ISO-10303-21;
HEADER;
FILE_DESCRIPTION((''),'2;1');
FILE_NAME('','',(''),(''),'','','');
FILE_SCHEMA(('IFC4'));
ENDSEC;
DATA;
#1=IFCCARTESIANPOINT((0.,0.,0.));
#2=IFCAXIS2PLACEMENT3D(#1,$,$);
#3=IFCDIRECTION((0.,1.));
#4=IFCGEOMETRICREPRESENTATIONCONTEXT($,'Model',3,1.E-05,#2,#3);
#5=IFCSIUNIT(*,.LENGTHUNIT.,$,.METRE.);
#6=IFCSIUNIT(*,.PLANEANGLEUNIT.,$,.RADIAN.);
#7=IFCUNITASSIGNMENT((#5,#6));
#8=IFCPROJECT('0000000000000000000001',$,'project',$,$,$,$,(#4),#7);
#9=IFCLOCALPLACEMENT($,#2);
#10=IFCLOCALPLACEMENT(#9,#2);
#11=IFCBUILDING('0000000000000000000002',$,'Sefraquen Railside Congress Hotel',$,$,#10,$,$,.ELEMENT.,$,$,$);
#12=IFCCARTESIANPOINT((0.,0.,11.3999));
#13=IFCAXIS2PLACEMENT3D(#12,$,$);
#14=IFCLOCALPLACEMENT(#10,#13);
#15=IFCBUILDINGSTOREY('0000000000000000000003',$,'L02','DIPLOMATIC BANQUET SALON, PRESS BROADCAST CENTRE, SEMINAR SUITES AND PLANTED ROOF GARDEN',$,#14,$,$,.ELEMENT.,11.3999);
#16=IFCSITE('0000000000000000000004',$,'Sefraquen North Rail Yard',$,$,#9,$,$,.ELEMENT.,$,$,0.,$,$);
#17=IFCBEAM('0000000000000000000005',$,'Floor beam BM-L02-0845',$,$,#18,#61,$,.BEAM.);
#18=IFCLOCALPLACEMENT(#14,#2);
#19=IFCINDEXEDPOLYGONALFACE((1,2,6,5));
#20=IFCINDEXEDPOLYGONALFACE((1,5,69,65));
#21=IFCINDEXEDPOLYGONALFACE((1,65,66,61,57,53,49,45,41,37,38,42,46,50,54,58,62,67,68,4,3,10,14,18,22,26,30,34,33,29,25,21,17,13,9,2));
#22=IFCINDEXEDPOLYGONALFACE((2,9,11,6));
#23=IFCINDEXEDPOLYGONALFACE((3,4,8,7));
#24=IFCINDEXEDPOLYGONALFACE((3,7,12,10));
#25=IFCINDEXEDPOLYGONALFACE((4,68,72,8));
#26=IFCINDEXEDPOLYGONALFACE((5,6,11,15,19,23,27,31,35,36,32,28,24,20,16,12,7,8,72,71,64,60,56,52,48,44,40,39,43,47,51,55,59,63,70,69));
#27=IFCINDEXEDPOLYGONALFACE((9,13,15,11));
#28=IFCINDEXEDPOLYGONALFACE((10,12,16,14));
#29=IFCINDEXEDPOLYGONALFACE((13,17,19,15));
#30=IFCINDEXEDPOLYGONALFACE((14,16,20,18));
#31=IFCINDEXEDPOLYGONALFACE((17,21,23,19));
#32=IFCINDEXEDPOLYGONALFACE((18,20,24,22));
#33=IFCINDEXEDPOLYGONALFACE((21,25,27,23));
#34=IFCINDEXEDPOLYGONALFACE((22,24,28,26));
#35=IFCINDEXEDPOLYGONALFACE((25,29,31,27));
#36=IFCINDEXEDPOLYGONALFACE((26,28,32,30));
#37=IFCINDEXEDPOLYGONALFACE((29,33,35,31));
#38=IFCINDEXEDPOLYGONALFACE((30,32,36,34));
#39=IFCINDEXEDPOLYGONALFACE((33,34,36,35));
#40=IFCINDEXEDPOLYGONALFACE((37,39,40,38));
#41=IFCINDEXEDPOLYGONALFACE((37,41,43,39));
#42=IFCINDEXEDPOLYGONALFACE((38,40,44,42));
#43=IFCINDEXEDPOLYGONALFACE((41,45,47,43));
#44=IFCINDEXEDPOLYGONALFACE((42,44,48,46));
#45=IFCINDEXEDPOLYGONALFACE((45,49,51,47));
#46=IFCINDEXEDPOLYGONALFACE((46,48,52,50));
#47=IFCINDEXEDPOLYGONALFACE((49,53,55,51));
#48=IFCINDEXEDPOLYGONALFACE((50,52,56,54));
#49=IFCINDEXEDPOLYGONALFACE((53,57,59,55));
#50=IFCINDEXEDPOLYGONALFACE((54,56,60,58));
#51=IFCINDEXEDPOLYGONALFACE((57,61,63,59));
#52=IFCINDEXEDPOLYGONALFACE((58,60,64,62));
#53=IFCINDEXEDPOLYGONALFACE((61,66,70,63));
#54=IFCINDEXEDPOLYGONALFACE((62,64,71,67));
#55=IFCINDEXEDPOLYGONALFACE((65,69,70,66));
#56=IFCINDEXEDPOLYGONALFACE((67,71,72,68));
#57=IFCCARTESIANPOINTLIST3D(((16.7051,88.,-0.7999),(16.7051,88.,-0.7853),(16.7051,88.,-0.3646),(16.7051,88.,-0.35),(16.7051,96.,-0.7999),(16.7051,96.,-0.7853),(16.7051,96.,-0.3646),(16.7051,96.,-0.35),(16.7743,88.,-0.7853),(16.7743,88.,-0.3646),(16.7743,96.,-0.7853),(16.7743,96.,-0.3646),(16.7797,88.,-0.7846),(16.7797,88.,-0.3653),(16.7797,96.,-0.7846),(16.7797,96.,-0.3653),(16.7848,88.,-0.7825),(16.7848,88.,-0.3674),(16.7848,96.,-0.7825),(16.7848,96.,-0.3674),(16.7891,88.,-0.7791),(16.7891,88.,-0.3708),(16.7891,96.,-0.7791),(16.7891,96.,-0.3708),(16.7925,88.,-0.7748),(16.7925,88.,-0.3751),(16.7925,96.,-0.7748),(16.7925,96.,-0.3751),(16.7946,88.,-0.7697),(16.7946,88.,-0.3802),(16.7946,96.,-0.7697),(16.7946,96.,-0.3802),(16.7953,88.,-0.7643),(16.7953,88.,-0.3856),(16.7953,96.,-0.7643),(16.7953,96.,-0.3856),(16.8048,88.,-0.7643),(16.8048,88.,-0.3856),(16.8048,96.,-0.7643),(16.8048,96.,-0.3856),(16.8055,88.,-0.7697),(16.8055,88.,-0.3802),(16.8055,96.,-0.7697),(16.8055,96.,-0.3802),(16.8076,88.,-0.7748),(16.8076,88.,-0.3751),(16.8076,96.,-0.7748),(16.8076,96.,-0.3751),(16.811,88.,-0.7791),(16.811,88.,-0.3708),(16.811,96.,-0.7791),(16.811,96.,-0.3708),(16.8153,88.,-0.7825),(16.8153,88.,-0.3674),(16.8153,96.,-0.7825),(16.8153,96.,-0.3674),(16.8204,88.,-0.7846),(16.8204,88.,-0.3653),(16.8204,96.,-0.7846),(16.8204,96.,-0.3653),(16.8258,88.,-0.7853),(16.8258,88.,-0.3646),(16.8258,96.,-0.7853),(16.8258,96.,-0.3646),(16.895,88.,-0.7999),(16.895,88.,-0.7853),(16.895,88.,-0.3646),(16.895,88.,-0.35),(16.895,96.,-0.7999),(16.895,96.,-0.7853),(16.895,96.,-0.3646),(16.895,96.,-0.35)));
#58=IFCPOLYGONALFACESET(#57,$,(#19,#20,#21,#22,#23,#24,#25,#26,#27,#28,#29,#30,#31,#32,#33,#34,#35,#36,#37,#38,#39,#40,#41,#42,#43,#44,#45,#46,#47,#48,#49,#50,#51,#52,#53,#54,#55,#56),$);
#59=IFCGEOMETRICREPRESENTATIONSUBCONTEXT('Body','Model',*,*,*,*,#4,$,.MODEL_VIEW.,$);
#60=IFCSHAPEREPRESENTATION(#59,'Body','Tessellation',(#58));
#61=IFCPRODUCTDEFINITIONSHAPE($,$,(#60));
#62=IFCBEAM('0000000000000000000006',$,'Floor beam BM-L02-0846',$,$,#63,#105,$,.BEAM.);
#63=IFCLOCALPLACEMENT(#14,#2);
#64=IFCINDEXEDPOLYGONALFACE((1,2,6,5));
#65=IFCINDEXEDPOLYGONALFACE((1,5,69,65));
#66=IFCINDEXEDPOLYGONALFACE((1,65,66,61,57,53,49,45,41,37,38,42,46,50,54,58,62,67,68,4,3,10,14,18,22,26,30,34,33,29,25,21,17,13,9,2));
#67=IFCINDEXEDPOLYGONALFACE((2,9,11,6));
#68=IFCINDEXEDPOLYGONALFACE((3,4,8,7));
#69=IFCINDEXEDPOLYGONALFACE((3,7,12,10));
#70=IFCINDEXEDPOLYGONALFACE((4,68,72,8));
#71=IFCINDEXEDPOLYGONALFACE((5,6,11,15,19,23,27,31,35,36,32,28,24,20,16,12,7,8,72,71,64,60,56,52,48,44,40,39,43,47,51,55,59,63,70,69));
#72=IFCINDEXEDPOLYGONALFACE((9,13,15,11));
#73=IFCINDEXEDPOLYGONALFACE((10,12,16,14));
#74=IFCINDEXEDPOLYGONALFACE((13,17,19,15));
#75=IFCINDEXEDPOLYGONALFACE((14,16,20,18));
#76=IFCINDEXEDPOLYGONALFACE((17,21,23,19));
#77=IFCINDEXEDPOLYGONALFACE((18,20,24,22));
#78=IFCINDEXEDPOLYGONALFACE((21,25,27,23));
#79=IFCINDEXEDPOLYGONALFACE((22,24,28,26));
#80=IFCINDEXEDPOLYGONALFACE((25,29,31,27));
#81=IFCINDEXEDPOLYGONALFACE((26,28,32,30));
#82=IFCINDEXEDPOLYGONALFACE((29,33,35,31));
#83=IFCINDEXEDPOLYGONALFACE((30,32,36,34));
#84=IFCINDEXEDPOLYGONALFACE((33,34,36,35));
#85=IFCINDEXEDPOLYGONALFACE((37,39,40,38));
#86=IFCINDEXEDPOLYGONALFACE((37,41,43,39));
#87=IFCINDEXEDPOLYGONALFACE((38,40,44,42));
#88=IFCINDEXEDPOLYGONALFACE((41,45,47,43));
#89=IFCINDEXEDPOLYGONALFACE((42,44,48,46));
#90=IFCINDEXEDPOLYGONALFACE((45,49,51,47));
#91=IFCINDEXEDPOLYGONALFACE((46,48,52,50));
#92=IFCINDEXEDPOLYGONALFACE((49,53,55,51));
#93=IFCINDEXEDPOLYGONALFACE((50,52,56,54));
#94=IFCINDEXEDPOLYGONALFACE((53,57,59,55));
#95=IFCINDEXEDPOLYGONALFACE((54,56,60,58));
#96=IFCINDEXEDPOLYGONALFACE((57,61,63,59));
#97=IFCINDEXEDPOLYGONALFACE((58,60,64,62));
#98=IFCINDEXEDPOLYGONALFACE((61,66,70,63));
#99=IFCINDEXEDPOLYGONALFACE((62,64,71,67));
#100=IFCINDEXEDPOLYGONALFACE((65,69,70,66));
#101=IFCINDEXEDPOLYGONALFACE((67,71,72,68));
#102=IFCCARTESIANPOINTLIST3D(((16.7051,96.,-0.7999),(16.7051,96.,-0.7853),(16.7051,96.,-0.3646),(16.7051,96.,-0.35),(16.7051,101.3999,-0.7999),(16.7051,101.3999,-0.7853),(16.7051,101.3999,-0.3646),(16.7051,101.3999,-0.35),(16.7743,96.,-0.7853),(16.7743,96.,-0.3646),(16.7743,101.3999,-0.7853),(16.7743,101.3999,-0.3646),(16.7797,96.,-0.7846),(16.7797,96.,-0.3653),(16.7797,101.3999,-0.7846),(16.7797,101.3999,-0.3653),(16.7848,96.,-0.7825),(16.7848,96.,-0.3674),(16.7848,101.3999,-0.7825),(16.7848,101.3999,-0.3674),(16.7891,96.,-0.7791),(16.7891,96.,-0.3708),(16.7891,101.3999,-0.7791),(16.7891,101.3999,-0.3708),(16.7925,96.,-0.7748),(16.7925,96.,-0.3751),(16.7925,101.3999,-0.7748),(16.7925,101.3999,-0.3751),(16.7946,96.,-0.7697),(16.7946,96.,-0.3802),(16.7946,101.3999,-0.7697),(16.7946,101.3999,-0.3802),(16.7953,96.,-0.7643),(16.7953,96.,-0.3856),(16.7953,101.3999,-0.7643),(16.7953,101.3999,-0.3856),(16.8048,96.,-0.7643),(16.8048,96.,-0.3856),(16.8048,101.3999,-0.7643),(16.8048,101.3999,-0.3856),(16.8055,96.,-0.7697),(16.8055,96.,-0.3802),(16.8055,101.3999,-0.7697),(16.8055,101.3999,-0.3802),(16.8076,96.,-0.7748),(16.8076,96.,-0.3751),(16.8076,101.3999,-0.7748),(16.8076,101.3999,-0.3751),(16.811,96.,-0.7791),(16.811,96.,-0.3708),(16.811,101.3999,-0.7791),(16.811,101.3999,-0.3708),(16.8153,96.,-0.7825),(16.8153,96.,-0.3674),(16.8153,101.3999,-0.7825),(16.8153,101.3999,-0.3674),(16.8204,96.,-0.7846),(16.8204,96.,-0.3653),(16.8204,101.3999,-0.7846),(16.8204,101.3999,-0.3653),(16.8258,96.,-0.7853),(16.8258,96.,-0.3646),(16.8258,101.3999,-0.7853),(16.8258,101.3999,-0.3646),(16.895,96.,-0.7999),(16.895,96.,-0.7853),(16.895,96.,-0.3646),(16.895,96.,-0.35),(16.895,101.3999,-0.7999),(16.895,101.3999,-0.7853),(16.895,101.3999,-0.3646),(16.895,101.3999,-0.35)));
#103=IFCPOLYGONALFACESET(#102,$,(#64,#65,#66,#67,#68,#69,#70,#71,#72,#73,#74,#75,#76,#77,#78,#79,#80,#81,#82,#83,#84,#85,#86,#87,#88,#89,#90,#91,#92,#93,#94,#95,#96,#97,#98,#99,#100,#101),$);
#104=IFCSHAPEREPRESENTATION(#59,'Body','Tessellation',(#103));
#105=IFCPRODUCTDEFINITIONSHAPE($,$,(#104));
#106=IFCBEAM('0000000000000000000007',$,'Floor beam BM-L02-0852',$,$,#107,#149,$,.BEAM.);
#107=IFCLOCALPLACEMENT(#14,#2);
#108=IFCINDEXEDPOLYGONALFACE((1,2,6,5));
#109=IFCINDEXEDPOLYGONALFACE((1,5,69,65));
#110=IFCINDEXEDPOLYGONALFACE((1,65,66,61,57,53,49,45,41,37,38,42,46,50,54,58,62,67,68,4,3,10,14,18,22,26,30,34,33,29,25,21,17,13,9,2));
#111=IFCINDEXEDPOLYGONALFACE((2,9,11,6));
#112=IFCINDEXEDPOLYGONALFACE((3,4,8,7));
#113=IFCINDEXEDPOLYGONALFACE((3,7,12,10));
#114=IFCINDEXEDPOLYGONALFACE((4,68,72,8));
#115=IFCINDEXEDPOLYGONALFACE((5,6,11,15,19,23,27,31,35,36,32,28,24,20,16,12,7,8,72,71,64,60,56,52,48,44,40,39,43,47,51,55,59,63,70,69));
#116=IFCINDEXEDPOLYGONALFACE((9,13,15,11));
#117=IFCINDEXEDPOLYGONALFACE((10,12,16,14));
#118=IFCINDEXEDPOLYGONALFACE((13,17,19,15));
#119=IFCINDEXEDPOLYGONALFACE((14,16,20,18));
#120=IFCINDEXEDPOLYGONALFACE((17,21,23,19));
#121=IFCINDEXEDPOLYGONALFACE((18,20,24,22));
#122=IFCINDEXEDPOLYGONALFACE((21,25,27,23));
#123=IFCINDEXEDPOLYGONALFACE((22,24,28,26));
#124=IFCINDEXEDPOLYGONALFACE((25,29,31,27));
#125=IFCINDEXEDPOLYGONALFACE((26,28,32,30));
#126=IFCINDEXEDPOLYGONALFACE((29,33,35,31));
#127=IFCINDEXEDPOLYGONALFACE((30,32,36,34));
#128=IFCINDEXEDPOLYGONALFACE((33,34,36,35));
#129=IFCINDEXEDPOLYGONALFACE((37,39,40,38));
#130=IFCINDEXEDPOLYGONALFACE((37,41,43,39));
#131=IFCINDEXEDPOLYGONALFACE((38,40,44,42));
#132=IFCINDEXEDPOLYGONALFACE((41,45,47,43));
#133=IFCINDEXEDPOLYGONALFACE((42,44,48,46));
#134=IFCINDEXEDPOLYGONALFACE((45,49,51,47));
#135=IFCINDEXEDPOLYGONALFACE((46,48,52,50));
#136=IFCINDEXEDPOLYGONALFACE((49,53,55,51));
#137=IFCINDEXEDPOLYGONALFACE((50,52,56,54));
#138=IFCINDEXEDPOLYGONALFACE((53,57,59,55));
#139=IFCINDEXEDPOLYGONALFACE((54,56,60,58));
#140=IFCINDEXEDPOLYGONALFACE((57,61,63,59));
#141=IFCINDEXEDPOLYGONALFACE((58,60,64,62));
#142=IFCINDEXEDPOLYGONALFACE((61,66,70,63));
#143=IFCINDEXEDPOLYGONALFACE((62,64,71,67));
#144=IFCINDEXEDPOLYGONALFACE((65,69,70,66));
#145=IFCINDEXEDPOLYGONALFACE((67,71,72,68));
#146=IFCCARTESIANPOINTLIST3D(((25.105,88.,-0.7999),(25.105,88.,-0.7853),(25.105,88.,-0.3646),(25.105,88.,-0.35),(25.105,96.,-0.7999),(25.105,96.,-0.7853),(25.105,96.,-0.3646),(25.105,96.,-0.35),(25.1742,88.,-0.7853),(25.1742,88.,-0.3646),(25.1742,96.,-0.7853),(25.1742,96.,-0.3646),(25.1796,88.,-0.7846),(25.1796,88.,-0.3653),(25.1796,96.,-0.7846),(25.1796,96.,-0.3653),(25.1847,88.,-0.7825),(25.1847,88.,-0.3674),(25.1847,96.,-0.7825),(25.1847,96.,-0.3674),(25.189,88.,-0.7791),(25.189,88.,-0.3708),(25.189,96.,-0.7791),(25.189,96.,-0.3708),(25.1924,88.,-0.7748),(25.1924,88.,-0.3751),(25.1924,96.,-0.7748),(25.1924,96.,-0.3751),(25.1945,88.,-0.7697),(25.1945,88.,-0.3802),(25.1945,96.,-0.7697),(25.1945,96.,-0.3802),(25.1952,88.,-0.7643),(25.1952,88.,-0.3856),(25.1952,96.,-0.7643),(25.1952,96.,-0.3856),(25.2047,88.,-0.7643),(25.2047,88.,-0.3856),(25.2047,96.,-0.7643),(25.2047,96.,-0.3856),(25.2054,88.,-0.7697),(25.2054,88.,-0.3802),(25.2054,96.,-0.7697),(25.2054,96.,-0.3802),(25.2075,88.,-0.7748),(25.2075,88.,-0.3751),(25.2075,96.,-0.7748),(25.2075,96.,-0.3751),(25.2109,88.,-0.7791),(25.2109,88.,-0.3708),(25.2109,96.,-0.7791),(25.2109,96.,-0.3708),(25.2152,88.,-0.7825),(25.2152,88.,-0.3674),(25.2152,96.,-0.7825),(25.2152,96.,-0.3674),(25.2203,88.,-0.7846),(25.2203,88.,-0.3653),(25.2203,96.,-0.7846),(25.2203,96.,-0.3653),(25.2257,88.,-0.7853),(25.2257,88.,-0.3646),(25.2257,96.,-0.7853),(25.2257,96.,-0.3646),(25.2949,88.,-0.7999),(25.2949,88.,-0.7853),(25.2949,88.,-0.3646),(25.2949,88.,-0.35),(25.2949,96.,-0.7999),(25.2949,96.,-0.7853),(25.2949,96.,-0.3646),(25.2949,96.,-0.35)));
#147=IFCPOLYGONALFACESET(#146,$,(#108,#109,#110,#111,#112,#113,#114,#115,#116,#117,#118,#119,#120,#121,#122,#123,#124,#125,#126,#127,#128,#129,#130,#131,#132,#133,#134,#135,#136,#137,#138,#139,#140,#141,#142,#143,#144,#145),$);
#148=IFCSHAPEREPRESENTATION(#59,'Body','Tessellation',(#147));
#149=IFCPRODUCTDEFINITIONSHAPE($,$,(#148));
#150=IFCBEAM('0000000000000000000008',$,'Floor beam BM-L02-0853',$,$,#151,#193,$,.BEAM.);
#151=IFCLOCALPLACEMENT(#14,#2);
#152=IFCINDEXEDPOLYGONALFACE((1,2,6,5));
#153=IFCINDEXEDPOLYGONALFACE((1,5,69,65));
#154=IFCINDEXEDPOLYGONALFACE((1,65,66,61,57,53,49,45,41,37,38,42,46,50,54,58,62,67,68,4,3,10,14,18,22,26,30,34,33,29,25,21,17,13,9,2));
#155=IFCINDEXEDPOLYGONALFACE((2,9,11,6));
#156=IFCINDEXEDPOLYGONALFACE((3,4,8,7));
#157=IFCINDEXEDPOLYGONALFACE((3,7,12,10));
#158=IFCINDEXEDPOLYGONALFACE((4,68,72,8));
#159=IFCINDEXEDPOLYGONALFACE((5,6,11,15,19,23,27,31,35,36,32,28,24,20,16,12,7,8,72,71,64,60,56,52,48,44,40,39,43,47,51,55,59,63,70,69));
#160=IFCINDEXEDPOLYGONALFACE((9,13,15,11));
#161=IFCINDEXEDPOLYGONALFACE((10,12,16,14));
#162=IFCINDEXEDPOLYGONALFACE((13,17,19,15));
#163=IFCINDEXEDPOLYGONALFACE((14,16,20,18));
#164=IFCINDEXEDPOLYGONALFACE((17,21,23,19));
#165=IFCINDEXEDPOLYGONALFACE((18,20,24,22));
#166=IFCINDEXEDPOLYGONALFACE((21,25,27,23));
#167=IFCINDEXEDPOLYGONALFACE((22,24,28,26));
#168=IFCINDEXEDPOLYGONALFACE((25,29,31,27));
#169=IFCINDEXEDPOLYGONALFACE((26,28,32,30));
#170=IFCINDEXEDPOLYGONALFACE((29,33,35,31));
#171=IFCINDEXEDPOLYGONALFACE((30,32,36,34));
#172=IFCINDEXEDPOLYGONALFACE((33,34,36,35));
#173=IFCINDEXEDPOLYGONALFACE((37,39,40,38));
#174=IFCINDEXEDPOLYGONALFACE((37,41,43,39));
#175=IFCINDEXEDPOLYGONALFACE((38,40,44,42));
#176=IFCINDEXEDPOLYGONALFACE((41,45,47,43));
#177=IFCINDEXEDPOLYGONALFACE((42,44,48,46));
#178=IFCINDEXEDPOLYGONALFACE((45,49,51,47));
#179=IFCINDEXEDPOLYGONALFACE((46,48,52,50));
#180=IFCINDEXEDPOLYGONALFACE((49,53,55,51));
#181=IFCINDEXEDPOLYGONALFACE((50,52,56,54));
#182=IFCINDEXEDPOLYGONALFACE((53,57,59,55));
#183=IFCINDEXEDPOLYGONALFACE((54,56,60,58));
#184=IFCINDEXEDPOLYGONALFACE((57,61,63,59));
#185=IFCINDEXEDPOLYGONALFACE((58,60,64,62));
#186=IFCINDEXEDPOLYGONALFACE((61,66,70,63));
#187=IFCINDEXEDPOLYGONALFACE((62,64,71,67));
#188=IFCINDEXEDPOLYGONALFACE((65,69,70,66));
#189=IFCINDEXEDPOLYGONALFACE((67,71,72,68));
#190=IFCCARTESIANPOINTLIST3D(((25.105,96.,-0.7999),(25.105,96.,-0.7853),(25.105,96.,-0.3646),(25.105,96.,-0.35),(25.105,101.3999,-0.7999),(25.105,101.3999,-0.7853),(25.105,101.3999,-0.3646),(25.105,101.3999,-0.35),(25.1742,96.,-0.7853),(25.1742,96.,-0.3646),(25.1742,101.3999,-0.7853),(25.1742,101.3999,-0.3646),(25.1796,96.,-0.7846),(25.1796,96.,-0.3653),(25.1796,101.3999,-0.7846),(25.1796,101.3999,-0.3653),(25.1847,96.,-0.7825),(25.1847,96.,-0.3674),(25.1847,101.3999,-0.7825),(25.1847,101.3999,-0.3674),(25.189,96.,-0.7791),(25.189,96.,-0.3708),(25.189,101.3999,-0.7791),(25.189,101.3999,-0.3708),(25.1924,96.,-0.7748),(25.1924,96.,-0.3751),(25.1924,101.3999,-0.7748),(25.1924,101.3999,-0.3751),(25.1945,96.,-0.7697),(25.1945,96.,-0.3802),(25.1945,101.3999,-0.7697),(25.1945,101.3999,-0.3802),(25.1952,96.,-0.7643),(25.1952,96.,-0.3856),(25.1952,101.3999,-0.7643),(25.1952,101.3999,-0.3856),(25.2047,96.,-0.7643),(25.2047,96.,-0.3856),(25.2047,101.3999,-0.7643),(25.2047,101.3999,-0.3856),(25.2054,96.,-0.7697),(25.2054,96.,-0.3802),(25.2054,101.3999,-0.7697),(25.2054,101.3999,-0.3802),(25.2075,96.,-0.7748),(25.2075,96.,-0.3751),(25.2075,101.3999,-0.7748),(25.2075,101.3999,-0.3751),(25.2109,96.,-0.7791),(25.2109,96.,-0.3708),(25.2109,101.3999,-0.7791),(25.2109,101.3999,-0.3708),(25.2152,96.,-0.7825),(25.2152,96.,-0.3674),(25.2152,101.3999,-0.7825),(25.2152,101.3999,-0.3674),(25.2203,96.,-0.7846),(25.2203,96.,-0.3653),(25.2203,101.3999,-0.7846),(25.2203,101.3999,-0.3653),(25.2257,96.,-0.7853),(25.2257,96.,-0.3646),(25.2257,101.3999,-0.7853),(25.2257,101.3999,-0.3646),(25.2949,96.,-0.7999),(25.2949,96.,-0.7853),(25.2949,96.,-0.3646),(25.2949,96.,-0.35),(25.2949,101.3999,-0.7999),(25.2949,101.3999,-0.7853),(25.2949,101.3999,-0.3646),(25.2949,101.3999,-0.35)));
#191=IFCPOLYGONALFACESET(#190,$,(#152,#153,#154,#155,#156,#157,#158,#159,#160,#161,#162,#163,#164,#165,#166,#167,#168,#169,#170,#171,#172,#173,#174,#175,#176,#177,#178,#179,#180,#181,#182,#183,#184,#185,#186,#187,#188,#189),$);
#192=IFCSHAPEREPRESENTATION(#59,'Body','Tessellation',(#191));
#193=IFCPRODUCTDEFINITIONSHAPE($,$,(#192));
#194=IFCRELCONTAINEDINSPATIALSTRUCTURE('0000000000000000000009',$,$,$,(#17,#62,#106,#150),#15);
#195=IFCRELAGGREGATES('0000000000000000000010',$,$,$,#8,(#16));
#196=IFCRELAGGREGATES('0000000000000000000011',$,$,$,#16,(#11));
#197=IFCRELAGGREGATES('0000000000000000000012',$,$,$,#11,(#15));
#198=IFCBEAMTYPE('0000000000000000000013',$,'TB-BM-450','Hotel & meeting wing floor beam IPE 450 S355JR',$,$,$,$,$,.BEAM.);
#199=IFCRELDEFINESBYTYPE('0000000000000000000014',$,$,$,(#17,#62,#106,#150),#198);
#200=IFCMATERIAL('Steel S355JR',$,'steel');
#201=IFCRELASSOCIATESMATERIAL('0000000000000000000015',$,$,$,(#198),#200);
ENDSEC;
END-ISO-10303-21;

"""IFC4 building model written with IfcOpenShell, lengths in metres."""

from ifc_helpers import new_model, si_unit, direction, frame, origin, origin_2d, place, context, subcontext, project, spatial, i_section, extrude, material, material_profile, profile_set, type_object, element, save


model = new_model("IFC4")

# Units and contexts
model_context = context("Model", 3, precision=1e-05, world=origin(), true_north=direction((0.0, 1.0)))
body_context = subcontext(model_context, "Body", "Model", "MODEL_VIEW")
ifc_project = project(units=[si_unit("LENGTHUNIT", "METRE"), si_unit("PLANEANGLEUNIT", "RADIAN")], contexts=[model_context])

# Site, building, storey
site_placement = place(None, origin())
site = spatial("IfcSite", under=ifc_project, at=site_placement, Name="Sefraquen North Rail Yard", CompositionType="ELEMENT", RefElevation=0.0)
building_placement = place(site_placement, origin())
building = spatial("IfcBuilding", under=site, at=building_placement, Name="Sefraquen Railside Congress Hotel", CompositionType="ELEMENT")
storey_placement = place(building_placement, frame((0.0, 0.0, 11.3999)))
storey = spatial("IfcBuildingStorey", under=building, at=storey_placement, Name="L02", Description="DIPLOMATIC BANQUET SALON, PRESS BROADCAST CENTRE, SEMINAR SUITES AND PLANTED ROOF GARDEN", CompositionType="ELEMENT", Elevation=11.3999)

# Shared definitions
ifc_material_1 = material(Name="Steel S355JR", Category="steel")

# Beams
ifc_material_profile_1 = material_profile(ifc_material_1, i_section(OverallWidth=0.1899, OverallDepth=0.45, WebThickness=0.0095, FlangeThickness=0.0146, FilletRadius=0.021, at=origin_2d()), Name="IPE 450")
ifc_profile_set_1 = profile_set([ifc_material_profile_1], Name="Steel S355JR")
beam_type_1 = type_object("IfcBeamType", Name="TB-BM-450", Description="Hotel & meeting wing floor beam IPE 450 S355JR", PredefinedType="BEAM", material=ifc_profile_set_1)
beam_1_placement = place(storey_placement, frame((16.8, 88.0, -0.575), z_axis=(0.0, 1.0, 0.0), x_axis=(-1.0, 0.0, 0.0)))
element("IfcBeam", 1, at=beam_1_placement, inside=storey, type_object=beam_type_1, Name="Floor beam BM-L02-0845", PredefinedType="BEAM", context=body_context, shape_type="SweptSolid", body=[
    extrude(i_section(OverallWidth=0.1899, OverallDepth=0.45, WebThickness=0.0095, FlangeThickness=0.0146, FilletRadius=0.021, at=origin_2d()), origin(), (0.0, 0.0, 1.0), 8.0),
])
beam_2_placement = place(storey_placement, frame((16.8, 96.0, -0.575), z_axis=(0.0, 1.0, 0.0), x_axis=(-1.0, 0.0, 0.0)))
element("IfcBeam", 2, at=beam_2_placement, inside=storey, type_object=beam_type_1, Name="Floor beam BM-L02-0846", PredefinedType="BEAM", context=body_context, shape_type="SweptSolid", body=[
    extrude(i_section(OverallWidth=0.1899, OverallDepth=0.45, WebThickness=0.0095, FlangeThickness=0.0146, FilletRadius=0.021, at=origin_2d()), origin(), (0.0, 0.0, 1.0), 5.3999),
])
beam_3_placement = place(storey_placement, frame((25.2, 88.0, -0.575), z_axis=(0.0, 1.0, 0.0), x_axis=(-1.0, 0.0, 0.0)))
element("IfcBeam", 3, at=beam_3_placement, inside=storey, type_object=beam_type_1, Name="Floor beam BM-L02-0852", PredefinedType="BEAM", context=body_context, shape_type="SweptSolid", body=[
    extrude(i_section(OverallWidth=0.1899, OverallDepth=0.45, WebThickness=0.0095, FlangeThickness=0.0146, FilletRadius=0.021, at=origin_2d()), origin(), (0.0, 0.0, 1.0), 8.0),
])
beam_4_placement = place(storey_placement, frame((25.2, 96.0, -0.575), z_axis=(0.0, 1.0, 0.0), x_axis=(-1.0, 0.0, 0.0)))
element("IfcBeam", 4, at=beam_4_placement, inside=storey, type_object=beam_type_1, Name="Floor beam BM-L02-0853", PredefinedType="BEAM", context=body_context, shape_type="SweptSolid", body=[
    extrude(i_section(OverallWidth=0.1899, OverallDepth=0.45, WebThickness=0.0095, FlangeThickness=0.0146, FilletRadius=0.021, at=origin_2d()), origin(), (0.0, 0.0, 1.0), 5.3999),
])

save(model, "model.ifc")
